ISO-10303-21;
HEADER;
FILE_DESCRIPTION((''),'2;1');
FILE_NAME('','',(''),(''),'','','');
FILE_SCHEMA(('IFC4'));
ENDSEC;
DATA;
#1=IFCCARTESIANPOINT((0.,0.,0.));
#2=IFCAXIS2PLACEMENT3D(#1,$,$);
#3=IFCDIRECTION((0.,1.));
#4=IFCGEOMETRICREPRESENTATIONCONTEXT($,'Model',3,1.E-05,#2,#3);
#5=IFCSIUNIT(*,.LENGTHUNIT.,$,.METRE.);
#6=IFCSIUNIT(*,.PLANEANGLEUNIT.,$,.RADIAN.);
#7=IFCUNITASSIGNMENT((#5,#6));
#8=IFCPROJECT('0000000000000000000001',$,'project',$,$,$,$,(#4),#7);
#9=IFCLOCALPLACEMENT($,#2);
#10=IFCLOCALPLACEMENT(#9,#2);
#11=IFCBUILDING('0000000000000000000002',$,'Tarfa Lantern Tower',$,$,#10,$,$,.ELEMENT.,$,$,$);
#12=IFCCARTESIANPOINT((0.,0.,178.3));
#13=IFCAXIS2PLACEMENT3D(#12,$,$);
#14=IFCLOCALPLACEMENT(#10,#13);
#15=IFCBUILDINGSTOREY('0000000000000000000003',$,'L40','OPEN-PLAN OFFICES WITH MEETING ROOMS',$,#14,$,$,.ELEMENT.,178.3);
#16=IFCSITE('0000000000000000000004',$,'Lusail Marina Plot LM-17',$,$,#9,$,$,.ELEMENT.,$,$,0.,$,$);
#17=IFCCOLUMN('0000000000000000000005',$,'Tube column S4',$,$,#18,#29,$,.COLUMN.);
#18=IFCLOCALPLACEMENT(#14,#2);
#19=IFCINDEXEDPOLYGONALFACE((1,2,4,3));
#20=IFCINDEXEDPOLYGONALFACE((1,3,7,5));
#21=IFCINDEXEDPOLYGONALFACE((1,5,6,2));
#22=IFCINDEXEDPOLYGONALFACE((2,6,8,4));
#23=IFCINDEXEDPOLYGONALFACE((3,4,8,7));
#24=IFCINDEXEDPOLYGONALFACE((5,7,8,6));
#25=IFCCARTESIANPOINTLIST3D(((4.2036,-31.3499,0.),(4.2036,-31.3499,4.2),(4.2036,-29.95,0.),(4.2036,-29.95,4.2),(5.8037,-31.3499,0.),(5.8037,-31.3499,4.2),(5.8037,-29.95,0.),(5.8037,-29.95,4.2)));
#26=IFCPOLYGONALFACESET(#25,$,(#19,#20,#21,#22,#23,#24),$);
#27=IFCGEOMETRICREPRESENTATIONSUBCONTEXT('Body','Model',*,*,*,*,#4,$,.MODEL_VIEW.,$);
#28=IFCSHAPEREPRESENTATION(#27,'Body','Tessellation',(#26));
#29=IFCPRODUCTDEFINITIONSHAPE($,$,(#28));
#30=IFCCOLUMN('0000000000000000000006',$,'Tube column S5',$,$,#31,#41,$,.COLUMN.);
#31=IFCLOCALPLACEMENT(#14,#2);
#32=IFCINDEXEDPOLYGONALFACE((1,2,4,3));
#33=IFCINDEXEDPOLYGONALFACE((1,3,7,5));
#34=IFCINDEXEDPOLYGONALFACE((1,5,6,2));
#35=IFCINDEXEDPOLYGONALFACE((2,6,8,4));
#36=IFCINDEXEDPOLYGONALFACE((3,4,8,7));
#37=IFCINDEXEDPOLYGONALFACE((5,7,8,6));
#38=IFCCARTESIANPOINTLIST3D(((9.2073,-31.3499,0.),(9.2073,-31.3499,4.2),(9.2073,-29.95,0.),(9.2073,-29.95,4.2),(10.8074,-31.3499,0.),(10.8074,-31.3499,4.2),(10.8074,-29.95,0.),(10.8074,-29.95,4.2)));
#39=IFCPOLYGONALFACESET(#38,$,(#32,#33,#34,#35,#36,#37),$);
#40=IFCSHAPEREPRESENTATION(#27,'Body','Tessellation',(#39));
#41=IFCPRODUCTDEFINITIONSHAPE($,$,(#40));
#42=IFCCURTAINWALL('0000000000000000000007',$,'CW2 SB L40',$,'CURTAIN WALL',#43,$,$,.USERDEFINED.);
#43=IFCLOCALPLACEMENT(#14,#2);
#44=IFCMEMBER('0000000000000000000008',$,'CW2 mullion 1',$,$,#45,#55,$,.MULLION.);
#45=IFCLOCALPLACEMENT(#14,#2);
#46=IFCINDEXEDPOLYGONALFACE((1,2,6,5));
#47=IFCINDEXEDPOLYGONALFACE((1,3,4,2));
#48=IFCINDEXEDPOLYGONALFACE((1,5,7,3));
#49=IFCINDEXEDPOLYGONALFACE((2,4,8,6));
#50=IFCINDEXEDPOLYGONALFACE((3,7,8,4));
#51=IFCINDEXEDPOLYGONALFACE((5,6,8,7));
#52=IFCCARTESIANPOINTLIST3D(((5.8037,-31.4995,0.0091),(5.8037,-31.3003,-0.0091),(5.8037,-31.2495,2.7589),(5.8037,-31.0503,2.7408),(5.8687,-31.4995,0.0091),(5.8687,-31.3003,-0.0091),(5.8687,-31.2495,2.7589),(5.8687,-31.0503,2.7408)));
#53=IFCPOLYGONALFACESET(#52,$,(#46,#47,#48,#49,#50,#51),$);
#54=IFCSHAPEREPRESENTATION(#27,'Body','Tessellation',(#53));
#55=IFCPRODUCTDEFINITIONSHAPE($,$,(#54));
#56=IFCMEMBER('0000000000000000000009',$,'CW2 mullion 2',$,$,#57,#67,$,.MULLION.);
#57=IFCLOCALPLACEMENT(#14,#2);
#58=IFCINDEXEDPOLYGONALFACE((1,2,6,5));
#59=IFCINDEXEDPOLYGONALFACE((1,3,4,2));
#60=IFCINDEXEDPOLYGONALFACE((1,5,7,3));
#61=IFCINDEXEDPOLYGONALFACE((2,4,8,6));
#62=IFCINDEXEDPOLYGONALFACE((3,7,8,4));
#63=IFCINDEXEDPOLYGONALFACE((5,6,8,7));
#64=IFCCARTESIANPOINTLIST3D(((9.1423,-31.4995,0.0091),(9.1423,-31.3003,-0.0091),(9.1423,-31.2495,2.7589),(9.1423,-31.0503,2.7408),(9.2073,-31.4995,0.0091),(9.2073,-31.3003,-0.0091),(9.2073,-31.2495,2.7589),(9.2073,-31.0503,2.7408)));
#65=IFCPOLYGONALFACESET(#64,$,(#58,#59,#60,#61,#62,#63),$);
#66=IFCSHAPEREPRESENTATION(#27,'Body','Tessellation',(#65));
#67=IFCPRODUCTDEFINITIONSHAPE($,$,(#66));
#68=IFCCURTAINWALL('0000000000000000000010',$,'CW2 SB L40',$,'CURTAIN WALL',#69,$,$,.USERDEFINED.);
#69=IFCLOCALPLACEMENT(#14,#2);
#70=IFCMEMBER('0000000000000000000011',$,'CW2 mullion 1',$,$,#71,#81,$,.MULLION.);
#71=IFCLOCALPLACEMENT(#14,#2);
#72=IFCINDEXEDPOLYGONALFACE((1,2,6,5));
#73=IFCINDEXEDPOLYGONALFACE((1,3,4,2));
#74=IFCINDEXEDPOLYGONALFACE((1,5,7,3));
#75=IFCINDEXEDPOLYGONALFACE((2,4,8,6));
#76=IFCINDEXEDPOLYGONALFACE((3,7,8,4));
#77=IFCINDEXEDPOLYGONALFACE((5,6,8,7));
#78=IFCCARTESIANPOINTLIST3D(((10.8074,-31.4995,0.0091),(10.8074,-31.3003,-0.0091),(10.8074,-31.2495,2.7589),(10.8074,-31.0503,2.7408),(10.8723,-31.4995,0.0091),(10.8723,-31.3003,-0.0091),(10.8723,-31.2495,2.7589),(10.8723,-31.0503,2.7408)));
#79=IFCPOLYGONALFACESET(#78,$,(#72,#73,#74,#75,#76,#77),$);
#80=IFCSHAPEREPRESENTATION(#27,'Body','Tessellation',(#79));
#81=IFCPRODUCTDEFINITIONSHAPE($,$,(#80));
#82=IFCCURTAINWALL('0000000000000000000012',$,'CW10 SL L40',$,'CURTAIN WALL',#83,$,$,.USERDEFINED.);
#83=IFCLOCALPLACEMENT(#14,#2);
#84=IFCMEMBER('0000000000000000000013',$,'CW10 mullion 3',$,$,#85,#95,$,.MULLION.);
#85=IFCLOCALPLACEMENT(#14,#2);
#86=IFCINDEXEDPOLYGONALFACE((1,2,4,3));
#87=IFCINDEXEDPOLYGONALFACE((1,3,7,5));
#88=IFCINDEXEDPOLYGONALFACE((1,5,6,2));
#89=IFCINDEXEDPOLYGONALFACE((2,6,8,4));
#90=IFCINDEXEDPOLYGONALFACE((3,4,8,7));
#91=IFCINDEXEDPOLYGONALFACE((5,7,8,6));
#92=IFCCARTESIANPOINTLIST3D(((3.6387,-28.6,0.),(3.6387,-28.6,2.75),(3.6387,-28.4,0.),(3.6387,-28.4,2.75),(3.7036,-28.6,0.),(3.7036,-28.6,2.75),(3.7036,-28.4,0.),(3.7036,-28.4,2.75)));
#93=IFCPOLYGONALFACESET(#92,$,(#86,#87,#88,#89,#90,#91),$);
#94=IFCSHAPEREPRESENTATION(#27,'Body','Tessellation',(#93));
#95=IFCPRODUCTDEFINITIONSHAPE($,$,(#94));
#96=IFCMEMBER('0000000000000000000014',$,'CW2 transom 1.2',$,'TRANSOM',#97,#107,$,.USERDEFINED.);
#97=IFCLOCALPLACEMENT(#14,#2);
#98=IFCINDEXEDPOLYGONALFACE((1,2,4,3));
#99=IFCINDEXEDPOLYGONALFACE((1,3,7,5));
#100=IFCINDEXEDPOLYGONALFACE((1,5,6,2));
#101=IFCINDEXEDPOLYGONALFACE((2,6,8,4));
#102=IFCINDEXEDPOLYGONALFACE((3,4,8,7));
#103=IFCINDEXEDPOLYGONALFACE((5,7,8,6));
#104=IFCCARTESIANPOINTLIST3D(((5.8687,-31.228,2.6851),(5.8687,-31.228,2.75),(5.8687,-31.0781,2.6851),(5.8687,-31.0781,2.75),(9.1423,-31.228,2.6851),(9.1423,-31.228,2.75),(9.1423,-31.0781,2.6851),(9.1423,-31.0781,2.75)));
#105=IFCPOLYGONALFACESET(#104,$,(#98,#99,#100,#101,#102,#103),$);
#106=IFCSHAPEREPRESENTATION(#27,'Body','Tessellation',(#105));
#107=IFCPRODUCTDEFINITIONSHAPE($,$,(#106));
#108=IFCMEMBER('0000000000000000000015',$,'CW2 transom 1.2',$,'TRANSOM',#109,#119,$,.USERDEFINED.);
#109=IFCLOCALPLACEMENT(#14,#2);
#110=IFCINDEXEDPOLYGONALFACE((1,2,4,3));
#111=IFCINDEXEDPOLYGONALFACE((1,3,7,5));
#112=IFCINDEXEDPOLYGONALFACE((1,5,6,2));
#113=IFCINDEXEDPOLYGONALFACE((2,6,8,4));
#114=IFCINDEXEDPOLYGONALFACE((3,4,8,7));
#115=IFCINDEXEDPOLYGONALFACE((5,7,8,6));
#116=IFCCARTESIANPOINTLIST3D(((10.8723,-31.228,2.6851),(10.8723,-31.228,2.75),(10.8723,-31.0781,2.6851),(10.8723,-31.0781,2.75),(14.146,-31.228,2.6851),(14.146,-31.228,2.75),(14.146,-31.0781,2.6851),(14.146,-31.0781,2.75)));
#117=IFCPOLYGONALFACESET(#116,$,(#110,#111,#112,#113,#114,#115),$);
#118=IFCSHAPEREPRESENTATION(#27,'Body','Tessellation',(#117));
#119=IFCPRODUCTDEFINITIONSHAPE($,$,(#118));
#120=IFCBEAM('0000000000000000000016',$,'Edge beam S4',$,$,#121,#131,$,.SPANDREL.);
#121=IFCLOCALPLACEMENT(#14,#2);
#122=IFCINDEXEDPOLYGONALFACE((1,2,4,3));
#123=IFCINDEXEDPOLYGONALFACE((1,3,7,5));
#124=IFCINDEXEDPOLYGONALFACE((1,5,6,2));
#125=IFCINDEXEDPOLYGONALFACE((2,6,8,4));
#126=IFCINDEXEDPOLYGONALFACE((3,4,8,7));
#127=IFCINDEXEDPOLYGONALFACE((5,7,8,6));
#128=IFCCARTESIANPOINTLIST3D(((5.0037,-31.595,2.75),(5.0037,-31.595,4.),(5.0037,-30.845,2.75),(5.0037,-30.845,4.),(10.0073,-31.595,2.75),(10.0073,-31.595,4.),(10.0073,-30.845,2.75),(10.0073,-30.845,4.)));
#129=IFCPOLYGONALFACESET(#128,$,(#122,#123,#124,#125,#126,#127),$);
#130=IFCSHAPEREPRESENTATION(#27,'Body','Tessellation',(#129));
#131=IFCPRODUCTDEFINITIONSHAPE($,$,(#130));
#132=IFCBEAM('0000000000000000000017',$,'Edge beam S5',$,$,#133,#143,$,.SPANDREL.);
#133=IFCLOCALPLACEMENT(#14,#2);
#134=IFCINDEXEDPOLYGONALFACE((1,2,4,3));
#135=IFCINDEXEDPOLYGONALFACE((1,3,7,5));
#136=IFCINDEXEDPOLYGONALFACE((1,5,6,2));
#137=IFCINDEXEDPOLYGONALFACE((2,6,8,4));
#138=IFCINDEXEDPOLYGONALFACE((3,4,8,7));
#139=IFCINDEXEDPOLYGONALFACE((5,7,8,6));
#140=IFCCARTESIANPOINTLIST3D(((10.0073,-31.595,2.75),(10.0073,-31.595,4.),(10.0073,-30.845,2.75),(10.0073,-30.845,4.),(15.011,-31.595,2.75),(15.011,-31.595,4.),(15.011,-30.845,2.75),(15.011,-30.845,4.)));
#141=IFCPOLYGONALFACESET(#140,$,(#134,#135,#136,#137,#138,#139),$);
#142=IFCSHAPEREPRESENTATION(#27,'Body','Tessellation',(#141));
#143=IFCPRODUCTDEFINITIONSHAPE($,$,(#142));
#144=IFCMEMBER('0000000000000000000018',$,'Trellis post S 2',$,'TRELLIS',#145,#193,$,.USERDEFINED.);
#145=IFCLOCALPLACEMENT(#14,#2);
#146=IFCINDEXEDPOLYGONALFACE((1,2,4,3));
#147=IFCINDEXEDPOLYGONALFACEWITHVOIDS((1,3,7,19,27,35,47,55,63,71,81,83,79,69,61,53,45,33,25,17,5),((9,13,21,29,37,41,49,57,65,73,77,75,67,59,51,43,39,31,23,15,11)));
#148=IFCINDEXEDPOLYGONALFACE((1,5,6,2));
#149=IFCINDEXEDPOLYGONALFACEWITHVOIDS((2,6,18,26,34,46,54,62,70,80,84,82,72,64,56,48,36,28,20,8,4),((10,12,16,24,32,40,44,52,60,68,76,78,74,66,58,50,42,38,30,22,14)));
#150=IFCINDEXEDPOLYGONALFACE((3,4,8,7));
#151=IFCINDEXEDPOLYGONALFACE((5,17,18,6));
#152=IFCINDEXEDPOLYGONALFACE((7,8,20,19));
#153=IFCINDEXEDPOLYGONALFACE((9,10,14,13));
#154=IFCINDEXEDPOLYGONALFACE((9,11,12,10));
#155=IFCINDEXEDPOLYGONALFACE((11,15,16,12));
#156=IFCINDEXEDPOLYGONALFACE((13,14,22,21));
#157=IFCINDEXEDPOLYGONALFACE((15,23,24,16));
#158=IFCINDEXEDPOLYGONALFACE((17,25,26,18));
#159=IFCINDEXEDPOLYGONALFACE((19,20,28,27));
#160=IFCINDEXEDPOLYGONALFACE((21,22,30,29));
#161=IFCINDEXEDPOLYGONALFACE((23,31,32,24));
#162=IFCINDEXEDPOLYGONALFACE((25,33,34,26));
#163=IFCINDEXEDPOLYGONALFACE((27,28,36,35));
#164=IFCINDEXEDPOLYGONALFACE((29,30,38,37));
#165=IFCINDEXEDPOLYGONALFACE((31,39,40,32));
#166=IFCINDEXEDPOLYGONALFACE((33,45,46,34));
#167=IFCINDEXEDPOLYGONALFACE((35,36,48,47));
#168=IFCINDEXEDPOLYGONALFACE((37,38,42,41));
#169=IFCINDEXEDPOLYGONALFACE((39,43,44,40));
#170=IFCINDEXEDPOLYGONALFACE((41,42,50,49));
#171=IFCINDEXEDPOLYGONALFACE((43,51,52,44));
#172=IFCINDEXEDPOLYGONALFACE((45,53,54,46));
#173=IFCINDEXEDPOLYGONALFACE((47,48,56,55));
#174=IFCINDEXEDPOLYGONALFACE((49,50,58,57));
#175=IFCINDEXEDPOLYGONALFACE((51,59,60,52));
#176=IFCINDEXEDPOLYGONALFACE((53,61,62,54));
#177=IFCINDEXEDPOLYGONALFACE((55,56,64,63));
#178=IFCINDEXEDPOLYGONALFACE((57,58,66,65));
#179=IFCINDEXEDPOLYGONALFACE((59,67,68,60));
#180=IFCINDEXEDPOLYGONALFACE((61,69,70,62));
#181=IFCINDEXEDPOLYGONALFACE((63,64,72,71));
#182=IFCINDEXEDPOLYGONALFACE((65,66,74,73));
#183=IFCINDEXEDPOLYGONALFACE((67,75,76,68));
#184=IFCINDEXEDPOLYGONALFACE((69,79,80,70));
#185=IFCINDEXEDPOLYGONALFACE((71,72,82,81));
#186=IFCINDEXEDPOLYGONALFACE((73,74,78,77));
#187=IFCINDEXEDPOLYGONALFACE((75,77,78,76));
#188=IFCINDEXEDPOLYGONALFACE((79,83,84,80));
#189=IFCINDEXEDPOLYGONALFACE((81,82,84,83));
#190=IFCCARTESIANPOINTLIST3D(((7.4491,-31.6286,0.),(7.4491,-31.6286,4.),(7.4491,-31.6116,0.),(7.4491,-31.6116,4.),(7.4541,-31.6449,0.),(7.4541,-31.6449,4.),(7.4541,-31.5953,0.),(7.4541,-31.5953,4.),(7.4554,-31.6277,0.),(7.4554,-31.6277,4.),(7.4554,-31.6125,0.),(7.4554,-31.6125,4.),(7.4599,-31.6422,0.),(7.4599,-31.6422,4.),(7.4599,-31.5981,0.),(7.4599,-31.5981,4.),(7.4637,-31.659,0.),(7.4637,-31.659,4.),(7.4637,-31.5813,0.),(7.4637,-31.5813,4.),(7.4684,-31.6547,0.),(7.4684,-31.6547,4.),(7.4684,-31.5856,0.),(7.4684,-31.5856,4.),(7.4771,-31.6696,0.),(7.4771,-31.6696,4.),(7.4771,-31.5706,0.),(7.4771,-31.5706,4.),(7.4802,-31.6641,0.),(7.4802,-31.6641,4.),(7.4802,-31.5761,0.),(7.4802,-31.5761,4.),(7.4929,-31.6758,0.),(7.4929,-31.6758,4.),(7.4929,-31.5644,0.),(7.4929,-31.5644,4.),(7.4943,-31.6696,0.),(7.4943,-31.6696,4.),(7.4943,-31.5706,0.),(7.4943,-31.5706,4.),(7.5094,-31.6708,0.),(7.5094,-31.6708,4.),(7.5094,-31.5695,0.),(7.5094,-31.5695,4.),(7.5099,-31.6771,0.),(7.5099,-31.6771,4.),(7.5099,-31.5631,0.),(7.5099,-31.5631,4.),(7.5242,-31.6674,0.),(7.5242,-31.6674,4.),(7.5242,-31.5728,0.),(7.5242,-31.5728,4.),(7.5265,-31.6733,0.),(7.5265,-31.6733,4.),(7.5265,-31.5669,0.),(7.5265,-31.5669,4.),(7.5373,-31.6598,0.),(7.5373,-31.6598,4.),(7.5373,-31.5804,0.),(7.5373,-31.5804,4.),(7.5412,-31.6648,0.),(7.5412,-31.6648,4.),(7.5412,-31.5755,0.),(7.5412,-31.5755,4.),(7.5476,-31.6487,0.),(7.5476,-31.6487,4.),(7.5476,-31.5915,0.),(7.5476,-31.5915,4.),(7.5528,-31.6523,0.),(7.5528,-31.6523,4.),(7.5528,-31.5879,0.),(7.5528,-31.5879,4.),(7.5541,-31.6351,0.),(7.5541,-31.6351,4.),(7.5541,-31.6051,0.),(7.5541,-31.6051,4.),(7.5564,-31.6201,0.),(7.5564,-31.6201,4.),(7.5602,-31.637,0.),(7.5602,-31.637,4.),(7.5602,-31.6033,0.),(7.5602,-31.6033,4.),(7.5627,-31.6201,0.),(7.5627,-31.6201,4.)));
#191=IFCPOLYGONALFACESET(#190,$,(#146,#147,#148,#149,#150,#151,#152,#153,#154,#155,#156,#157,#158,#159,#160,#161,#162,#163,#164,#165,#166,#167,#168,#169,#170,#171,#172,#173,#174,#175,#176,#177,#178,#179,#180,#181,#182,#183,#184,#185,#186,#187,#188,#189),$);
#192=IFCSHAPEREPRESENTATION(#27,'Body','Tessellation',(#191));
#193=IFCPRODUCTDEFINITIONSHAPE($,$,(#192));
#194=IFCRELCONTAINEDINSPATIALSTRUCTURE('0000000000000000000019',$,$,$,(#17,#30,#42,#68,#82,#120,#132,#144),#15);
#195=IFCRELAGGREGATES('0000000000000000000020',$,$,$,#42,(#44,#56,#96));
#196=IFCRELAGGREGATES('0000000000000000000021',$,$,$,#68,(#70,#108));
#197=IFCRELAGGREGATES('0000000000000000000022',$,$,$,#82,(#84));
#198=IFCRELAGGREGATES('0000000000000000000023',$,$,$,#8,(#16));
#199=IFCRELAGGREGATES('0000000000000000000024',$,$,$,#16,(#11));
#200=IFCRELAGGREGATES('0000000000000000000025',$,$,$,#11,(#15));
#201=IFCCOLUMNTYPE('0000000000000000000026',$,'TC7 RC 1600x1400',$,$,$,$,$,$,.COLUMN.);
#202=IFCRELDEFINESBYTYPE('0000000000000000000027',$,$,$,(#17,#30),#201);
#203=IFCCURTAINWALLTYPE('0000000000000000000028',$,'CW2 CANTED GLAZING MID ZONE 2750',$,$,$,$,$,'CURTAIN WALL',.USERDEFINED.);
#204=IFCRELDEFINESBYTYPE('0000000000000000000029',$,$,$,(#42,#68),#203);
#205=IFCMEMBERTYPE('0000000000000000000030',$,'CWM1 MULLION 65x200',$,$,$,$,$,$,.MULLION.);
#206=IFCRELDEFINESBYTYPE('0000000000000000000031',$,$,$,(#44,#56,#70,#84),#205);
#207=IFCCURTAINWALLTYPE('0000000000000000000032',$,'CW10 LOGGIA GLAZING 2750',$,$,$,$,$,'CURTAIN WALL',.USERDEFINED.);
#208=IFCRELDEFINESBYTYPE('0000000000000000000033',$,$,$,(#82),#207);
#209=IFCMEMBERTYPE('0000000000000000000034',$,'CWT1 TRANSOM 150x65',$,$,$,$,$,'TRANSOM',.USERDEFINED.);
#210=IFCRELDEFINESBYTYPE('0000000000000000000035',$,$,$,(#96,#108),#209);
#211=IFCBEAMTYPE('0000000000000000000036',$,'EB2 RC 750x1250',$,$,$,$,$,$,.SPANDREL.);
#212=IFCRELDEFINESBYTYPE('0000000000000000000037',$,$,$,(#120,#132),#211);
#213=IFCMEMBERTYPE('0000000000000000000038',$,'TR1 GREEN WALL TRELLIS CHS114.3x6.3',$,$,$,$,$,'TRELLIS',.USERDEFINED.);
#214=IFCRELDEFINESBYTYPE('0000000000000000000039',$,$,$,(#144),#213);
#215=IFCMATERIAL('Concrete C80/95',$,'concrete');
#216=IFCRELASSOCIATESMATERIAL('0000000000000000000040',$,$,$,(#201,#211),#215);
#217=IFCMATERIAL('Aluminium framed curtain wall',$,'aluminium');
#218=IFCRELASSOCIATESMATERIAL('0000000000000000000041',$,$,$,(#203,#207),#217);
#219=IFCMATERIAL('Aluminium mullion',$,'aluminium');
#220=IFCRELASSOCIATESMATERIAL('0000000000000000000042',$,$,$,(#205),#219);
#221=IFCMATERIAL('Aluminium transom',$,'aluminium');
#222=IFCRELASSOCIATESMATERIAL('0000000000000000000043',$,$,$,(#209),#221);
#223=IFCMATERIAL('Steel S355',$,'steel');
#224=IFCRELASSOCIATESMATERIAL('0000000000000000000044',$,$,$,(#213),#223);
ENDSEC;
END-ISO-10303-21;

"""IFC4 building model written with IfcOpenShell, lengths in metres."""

from ifc_helpers import new_model, si_unit, direction, frame, origin, origin_2d, place, context, subcontext, project, spatial, rectangle, hollow_circle, extrude, material, material_profile, profile_set, type_object, element, aggregate, save


model = new_model("IFC4")

# Units and contexts
model_context = context("Model", 3, precision=1e-05, world=origin(), true_north=direction((0.0, 1.0)))
body_context = subcontext(model_context, "Body", "Model", "MODEL_VIEW")
ifc_project = project(units=[si_unit("LENGTHUNIT", "METRE"), si_unit("PLANEANGLEUNIT", "RADIAN")], contexts=[model_context])

# Site, building, storey
site_placement = place(None, origin())
site = spatial("IfcSite", under=ifc_project, at=site_placement, Name="Lusail Marina Plot LM-17", CompositionType="ELEMENT", RefElevation=0.0)
building_placement = place(site_placement, origin())
building = spatial("IfcBuilding", under=site, at=building_placement, Name="Tarfa Lantern Tower", CompositionType="ELEMENT")
storey_placement = place(building_placement, frame((0.0, 0.0, 178.3)))
storey = spatial("IfcBuildingStorey", under=building, at=storey_placement, Name="L40", Description="OPEN-PLAN OFFICES WITH MEETING ROOMS", CompositionType="ELEMENT", Elevation=178.3)

# Columns
ifc_material_1 = material(Name="Concrete C80/95", Category="concrete")
ifc_material_profile_1 = material_profile(ifc_material_1, rectangle(XDim=1.6001, YDim=1.3999, at=origin_2d()), Name="RC 1600x1400")
ifc_profile_set_1 = profile_set([ifc_material_profile_1], Name="Concrete C80/95")
column_type = type_object("IfcColumnType", Name="TC7 RC 1600x1400", PredefinedType="COLUMN", material=ifc_profile_set_1)
for number, where, z_axis, x_axis, name in (
    (1, (5.0037, -30.6499, 0.0), (0.0, 0.0, 1.0), (1.0, 0.0, 0.0), "Tube column S4"),
    (2, (10.0073, -30.6499, 0.0), (0.0, 0.0, 1.0), (1.0, 0.0, 0.0), "Tube column S5"),
):
    element("IfcColumn", number, at=place(storey_placement, frame(where, z_axis=z_axis, x_axis=x_axis)), inside=storey, type_object=column_type, Name=name, PredefinedType="COLUMN", context=body_context, shape_type="SweptSolid", body=[
        extrude(rectangle(XDim=1.6001, YDim=1.3999, at=origin_2d()), origin(), (0.0, 0.0, 1.0), 4.2),
    ])

# Curtain wall, members
ifc_material_2 = material(Name="Aluminium framed curtain wall", Category="aluminium")
curtain_wall_type_1 = type_object("IfcCurtainWallType", Name="CW2 CANTED GLAZING MID ZONE 2750", ElementType="CURTAIN WALL", PredefinedType="USERDEFINED", material=ifc_material_2)
curtain_wall_1_placement = place(storey_placement, origin())
curtain_wall_1 = element("IfcCurtainWall", 3, at=curtain_wall_1_placement, inside=storey, type_object=curtain_wall_type_1, Name="CW2 SB L40", ObjectType="CURTAIN WALL", PredefinedType="USERDEFINED")
ifc_material_3 = material(Name="Aluminium mullion", Category="aluminium")
ifc_material_profile_2 = material_profile(ifc_material_3, rectangle(XDim=0.0649, YDim=0.2, at=origin_2d()), Name="AL MULLION 65x200")
ifc_profile_set_2 = profile_set([ifc_material_profile_2], Name="Aluminium mullion")
member_type_1 = type_object("IfcMemberType", Name="CWM1 MULLION 65x200", PredefinedType="MULLION", material=ifc_profile_set_2)
member_1_placement = place(storey_placement, frame((5.8362, -31.3999, 0.0), z_axis=(0.0, 0.090536, 0.995893), x_axis=(-1.0, 0.0, 0.0)))
member_1 = element("IfcMember", 4, at=member_1_placement, type_object=member_type_1, Name="CW2 mullion 1", PredefinedType="MULLION", context=body_context, shape_type="SweptSolid", body=[
    extrude(rectangle(XDim=0.0649, YDim=0.2, at=origin_2d()), origin(), (0.0, 0.0, 1.0), 2.7612),
])
member_2_placement = place(storey_placement, frame((9.1748, -31.3999, 0.0), z_axis=(0.0, 0.090536, 0.995893), x_axis=(-1.0, 0.0, 0.0)))
member_2 = element("IfcMember", 5, at=member_2_placement, type_object=member_type_1, Name="CW2 mullion 2", PredefinedType="MULLION", context=body_context, shape_type="SweptSolid", body=[
    extrude(rectangle(XDim=0.0649, YDim=0.2, at=origin_2d()), origin(), (0.0, 0.0, 1.0), 2.7612),
])

# Curtain walls, members
curtain_wall_2_placement = place(storey_placement, origin())
curtain_wall_2 = element("IfcCurtainWall", 6, at=curtain_wall_2_placement, inside=storey, type_object=curtain_wall_type_1, Name="CW2 SB L40", ObjectType="CURTAIN WALL", PredefinedType="USERDEFINED")
member_3_placement = place(storey_placement, frame((10.8398, -31.3999, 0.0), z_axis=(0.0, 0.090536, 0.995893), x_axis=(-1.0, 0.0, 0.0)))
member_3 = element("IfcMember", 7, at=member_3_placement, type_object=member_type_1, Name="CW2 mullion 1", PredefinedType="MULLION", context=body_context, shape_type="SweptSolid", body=[
    extrude(rectangle(XDim=0.0649, YDim=0.2, at=origin_2d()), origin(), (0.0, 0.0, 1.0), 2.7612),
])
curtain_wall_type_2 = type_object("IfcCurtainWallType", Name="CW10 LOGGIA GLAZING 2750", ElementType="CURTAIN WALL", PredefinedType="USERDEFINED", material=ifc_material_2)
curtain_wall_3_placement = place(storey_placement, origin())
curtain_wall_3 = element("IfcCurtainWall", 8, at=curtain_wall_3_placement, inside=storey, type_object=curtain_wall_type_2, Name="CW10 SL L40", ObjectType="CURTAIN WALL", PredefinedType="USERDEFINED")
member_4_placement = place(storey_placement, frame((3.6711, -28.5, 0.0), z_axis=(0.0, 0.0, 1.0), x_axis=(1.0, 0.0, 0.0)))
member_4 = element("IfcMember", 9, at=member_4_placement, type_object=member_type_1, Name="CW10 mullion 3", PredefinedType="MULLION", context=body_context, shape_type="SweptSolid", body=[
    extrude(rectangle(XDim=0.0649, YDim=0.2, at=origin_2d()), origin(), (0.0, 0.0, 1.0), 2.75),
])

# Members
ifc_material_4 = material(Name="Aluminium transom", Category="aluminium")
ifc_material_profile_3 = material_profile(ifc_material_4, rectangle(XDim=0.1499, YDim=0.0649, at=origin_2d()), Name="AL TRANSOM 150x65")
ifc_profile_set_3 = profile_set([ifc_material_profile_3], Name="Aluminium transom")
member_type_2 = type_object("IfcMemberType", Name="CWT1 TRANSOM 150x65", ElementType="TRANSOM", PredefinedType="USERDEFINED", material=ifc_profile_set_3)
member_5_placement = place(storey_placement, frame((5.8687, -31.1531, 2.7175), z_axis=(1.0, 0.0, 0.0), x_axis=(0.0, 1.0, 0.0)))
member_5 = element("IfcMember", 10, at=member_5_placement, type_object=member_type_2, Name="CW2 transom 1.2", ObjectType="TRANSOM", PredefinedType="USERDEFINED", context=body_context, shape_type="SweptSolid", body=[
    extrude(rectangle(XDim=0.1499, YDim=0.0649, at=origin_2d()), origin(), (0.0, 0.0, 1.0), 3.2737),
])
member_6_placement = place(storey_placement, frame((10.8723, -31.1531, 2.7175), z_axis=(1.0, 0.0, 0.0), x_axis=(0.0, 1.0, 0.0)))
member_6 = element("IfcMember", 11, at=member_6_placement, type_object=member_type_2, Name="CW2 transom 1.2", ObjectType="TRANSOM", PredefinedType="USERDEFINED", context=body_context, shape_type="SweptSolid", body=[
    extrude(rectangle(XDim=0.1499, YDim=0.0649, at=origin_2d()), origin(), (0.0, 0.0, 1.0), 3.2737),
])

# Beams
ifc_material_profile_4 = material_profile(ifc_material_1, rectangle(XDim=0.75, YDim=1.25, at=origin_2d()), Name="RC 750x1250")
ifc_profile_set_4 = profile_set([ifc_material_profile_4], Name="Concrete C80/95")
beam_type_1 = type_object("IfcBeamType", Name="EB2 RC 750x1250", PredefinedType="SPANDREL", material=ifc_profile_set_4)
for number, where, z_axis, x_axis, name in (
    (12, (5.0037, -31.22, 3.375), (1.0, 0.0, 0.0), (0.0, 1.0, 0.0), "Edge beam S4"),
    (13, (10.0073, -31.22, 3.375), (1.0, 0.0, 0.0), (0.0, 1.0, 0.0), "Edge beam S5"),
):
    element("IfcBeam", number, at=place(storey_placement, frame(where, z_axis=z_axis, x_axis=x_axis)), inside=storey, type_object=beam_type_1, Name=name, PredefinedType="SPANDREL", context=body_context, shape_type="SweptSolid", body=[
        extrude(rectangle(XDim=0.75, YDim=1.25, at=origin_2d()), origin(), (0.0, 0.0, 1.0), 5.0037),
    ])

# Member
ifc_material_5 = material(Name="Steel S355", Category="steel")
ifc_material_profile_5 = material_profile(ifc_material_5, hollow_circle(Radius=0.0571, WallThickness=0.0063, at=origin_2d()), Name="CHS114.3x6.3")
ifc_profile_set_5 = profile_set([ifc_material_profile_5], Name="Steel S355")
member_type_3 = type_object("IfcMemberType", Name="TR1 GREEN WALL TRELLIS CHS114.3x6.3", ElementType="TRELLIS", PredefinedType="USERDEFINED", material=ifc_profile_set_5)
member_7_placement = place(storey_placement, frame((7.5056, -31.6201, 0.0), z_axis=(0.0, 0.0, 1.0), x_axis=(1.0, 0.0, 0.0)))
element("IfcMember", 14, at=member_7_placement, inside=storey, type_object=member_type_3, Name="Trellis post S 2", ObjectType="TRELLIS", PredefinedType="USERDEFINED", context=body_context, shape_type="SweptSolid", body=[
    extrude(hollow_circle(Radius=0.0571, WallThickness=0.0063, at=origin_2d()), origin(), (0.0, 0.0, 1.0), 4.0),
])

aggregate(curtain_wall_1, [member_1, member_2, member_5])
aggregate(curtain_wall_2, [member_3, member_6])
aggregate(curtain_wall_3, [member_4])

save(model, "model.ifc")
